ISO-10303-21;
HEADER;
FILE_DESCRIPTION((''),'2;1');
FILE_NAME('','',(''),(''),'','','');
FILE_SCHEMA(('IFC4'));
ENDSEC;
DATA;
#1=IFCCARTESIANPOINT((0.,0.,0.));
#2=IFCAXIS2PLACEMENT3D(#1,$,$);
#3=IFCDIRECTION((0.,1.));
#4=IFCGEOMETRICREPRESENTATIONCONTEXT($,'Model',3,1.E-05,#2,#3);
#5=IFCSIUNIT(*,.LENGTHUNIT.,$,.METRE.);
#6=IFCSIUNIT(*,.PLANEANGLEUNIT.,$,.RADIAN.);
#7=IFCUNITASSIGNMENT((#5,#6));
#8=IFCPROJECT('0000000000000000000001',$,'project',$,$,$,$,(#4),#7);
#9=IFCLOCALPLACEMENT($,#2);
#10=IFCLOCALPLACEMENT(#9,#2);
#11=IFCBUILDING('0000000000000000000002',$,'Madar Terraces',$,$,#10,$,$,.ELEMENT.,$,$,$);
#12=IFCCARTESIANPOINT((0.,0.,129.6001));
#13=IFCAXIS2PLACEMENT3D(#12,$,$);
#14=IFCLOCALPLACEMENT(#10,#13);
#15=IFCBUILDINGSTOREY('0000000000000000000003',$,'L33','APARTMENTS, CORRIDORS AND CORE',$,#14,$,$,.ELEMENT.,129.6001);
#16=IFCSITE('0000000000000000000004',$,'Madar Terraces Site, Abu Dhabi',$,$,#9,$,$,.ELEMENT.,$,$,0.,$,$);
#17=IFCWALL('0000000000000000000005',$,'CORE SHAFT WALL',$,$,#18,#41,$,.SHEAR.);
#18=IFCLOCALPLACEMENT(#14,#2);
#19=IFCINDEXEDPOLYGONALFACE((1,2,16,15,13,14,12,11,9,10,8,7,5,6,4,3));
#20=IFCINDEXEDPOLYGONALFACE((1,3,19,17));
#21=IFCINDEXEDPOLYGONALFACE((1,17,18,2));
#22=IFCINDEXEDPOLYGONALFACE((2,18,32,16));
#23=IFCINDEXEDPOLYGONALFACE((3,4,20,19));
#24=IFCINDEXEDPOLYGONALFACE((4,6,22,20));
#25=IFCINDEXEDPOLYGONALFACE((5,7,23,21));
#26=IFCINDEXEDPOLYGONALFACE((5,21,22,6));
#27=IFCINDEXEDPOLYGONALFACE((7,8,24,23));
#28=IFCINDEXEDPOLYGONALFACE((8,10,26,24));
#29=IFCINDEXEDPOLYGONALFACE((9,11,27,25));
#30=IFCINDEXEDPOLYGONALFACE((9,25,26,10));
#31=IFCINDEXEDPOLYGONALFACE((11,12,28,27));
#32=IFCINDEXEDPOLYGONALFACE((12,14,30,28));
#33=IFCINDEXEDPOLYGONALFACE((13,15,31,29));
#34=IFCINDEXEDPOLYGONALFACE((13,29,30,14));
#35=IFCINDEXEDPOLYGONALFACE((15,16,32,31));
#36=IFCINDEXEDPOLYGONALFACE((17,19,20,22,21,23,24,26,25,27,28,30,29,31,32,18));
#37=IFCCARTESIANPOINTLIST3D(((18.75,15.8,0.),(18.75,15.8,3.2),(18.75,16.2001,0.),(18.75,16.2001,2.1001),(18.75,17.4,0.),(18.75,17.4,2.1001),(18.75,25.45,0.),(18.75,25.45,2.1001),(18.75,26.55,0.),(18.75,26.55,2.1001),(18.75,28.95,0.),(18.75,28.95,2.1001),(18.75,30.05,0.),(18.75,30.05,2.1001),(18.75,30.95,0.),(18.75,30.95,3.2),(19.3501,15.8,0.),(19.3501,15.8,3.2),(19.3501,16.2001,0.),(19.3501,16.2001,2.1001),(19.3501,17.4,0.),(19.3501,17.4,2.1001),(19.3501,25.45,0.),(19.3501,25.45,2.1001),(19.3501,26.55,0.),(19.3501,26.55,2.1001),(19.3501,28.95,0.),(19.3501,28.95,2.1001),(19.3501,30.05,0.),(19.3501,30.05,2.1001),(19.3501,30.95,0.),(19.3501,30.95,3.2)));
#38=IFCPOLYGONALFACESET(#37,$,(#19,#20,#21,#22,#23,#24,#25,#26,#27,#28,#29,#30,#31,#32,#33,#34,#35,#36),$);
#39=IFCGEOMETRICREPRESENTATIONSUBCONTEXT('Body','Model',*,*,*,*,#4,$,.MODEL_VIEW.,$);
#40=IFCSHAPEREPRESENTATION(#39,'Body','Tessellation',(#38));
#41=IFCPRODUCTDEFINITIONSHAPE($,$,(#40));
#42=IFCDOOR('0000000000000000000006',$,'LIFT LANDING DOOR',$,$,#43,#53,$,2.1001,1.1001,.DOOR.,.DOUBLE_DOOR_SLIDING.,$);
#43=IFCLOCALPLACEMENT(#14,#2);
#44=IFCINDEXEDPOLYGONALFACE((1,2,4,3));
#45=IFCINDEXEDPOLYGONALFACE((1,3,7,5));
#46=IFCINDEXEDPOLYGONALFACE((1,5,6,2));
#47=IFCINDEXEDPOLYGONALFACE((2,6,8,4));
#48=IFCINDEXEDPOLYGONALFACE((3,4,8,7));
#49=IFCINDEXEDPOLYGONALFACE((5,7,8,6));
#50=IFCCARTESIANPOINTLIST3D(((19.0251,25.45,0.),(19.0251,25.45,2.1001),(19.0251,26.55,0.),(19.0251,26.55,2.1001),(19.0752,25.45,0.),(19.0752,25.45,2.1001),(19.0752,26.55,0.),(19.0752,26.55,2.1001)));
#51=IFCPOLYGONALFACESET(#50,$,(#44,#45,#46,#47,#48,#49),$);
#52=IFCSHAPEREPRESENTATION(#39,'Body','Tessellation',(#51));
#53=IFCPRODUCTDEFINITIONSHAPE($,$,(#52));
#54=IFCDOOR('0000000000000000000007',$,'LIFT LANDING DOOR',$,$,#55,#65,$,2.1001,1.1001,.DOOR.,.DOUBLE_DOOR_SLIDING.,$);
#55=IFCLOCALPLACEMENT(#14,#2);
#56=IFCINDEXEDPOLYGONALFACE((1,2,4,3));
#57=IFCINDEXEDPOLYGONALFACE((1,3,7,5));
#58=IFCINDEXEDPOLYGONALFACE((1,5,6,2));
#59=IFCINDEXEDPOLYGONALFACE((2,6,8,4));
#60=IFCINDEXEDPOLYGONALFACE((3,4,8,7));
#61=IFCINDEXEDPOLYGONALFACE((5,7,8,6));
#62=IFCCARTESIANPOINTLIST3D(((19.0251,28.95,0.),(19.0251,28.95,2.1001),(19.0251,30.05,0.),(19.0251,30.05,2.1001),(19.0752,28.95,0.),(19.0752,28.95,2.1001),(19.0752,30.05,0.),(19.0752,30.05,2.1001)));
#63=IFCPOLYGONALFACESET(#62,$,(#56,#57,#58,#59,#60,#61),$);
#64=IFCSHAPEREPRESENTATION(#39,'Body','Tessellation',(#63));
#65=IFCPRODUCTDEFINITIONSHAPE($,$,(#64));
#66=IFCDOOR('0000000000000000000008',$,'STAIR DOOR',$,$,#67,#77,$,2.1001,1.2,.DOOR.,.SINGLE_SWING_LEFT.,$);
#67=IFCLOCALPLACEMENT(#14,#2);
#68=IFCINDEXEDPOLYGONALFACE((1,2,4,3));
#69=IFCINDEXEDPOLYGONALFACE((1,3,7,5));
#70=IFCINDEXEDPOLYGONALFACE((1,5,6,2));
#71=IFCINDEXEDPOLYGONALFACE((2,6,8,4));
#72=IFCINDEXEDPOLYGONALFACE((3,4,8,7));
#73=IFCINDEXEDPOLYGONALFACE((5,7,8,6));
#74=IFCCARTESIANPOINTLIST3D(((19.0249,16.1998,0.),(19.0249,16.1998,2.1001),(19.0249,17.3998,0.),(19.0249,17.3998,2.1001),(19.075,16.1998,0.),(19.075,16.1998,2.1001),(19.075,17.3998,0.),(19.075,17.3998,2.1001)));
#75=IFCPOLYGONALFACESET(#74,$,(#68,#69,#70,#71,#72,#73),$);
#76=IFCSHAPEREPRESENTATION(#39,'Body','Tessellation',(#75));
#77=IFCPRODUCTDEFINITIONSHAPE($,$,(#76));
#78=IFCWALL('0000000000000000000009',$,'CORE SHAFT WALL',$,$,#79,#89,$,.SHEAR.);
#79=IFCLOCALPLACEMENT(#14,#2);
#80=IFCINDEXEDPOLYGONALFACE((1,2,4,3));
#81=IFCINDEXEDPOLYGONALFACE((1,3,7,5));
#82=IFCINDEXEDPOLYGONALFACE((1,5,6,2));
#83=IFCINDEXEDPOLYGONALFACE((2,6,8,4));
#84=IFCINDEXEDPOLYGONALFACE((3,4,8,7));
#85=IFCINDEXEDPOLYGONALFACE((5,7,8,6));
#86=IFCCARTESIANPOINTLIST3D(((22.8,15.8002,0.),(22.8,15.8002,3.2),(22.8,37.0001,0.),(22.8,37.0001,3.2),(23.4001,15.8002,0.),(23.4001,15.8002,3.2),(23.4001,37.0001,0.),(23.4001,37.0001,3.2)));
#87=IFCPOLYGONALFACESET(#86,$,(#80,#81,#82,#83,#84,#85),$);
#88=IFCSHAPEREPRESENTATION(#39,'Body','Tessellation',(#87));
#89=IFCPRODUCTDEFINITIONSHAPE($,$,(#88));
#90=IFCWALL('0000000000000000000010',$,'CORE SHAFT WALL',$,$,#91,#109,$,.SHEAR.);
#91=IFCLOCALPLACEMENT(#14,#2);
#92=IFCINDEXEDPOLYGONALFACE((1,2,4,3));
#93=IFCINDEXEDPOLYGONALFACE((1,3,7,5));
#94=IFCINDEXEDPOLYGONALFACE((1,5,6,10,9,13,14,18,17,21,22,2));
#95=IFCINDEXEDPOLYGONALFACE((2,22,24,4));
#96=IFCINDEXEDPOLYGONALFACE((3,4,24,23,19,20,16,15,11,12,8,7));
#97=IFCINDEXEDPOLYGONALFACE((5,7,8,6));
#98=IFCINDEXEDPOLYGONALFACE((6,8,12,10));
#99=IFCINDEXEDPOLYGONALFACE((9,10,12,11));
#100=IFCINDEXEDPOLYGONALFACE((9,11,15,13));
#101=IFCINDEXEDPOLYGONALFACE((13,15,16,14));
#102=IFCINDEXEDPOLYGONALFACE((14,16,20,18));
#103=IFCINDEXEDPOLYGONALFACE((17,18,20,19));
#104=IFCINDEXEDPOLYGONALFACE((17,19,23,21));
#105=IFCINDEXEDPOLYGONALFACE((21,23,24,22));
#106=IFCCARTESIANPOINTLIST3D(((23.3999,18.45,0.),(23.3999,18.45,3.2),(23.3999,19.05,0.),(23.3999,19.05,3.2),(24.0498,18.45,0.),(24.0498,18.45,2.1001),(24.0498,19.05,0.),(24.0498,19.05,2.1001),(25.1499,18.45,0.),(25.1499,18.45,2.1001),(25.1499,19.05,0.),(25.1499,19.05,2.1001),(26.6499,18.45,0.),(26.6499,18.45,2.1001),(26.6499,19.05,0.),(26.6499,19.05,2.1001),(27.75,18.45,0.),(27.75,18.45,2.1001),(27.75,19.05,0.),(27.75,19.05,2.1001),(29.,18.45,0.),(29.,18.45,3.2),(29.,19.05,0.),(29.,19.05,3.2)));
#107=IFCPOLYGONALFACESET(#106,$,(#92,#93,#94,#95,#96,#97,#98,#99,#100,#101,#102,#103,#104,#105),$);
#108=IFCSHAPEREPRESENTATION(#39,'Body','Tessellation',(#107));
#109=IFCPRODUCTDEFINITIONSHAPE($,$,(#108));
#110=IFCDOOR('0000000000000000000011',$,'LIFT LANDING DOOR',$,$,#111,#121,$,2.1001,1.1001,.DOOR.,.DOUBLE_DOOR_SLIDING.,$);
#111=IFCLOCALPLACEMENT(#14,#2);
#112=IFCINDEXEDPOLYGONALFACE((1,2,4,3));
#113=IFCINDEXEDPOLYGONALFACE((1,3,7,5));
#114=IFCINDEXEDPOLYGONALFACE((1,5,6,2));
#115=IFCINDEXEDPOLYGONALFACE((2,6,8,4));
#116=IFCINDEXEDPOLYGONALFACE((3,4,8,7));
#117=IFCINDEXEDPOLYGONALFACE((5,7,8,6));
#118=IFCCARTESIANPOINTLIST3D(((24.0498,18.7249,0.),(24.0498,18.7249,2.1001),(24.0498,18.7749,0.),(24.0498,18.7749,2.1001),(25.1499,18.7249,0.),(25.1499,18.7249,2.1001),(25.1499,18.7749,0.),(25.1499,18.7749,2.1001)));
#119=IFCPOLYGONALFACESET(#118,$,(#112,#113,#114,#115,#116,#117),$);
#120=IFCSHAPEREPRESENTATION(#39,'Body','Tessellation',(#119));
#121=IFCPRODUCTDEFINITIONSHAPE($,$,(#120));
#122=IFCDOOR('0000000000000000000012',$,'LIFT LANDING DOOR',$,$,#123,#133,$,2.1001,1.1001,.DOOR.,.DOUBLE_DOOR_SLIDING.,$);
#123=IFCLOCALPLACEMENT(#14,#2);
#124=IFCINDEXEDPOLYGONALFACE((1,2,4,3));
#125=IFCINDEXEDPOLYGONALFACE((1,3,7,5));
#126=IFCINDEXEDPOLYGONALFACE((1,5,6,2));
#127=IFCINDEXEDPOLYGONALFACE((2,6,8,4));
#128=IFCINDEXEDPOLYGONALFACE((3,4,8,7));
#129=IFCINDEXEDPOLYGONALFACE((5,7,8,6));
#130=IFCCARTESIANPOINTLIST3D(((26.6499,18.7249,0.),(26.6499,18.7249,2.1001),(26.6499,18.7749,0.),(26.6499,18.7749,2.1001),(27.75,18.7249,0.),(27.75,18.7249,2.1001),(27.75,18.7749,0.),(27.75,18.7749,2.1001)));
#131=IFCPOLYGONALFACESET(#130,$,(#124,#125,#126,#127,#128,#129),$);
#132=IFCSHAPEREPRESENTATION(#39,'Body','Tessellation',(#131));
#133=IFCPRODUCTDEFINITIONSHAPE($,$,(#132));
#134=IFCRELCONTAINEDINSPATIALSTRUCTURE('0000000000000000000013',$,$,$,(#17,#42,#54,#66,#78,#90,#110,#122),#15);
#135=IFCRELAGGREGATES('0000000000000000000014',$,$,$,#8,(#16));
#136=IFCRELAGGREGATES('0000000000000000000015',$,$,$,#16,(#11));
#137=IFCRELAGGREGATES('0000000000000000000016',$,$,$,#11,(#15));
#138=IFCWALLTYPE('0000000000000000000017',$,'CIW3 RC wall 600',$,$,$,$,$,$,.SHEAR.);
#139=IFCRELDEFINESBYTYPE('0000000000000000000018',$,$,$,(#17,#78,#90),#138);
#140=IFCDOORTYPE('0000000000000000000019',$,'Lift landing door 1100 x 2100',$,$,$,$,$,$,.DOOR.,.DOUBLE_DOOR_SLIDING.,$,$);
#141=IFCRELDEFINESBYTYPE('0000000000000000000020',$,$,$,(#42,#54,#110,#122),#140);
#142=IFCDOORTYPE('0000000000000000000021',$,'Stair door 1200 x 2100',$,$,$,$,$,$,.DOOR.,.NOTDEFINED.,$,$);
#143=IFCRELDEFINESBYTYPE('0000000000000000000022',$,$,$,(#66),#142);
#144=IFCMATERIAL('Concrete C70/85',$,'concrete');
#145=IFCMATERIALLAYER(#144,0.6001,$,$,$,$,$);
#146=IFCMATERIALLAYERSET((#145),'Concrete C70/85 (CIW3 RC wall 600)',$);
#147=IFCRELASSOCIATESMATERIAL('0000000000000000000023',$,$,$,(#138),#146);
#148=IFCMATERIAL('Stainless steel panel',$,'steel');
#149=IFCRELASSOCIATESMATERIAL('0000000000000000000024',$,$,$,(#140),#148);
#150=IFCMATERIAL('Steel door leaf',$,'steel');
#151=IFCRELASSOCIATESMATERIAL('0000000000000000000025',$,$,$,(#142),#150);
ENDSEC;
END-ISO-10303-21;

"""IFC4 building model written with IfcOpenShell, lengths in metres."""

from ifc_helpers import new_model, si_unit, direction, frame, frame_2d, origin, place, context, subcontext, project, spatial, rectangle, extrude, material, layer, layer_set, type_object, element, fill, save


model = new_model("IFC4")

# Units and contexts
model_context = context("Model", 3, precision=1e-05, world=origin(), true_north=direction((0.0, 1.0)))
body_context = subcontext(model_context, "Body", "Model", "MODEL_VIEW")
ifc_project = project(units=[si_unit("LENGTHUNIT", "METRE"), si_unit("PLANEANGLEUNIT", "RADIAN")], contexts=[model_context])

# Site, building, storey
site_placement = place(None, origin())
site = spatial("IfcSite", under=ifc_project, at=site_placement, Name="Madar Terraces Site, Abu Dhabi", CompositionType="ELEMENT", RefElevation=0.0)
building_placement = place(site_placement, origin())
building = spatial("IfcBuilding", under=site, at=building_placement, Name="Madar Terraces", CompositionType="ELEMENT")
storey_placement = place(building_placement, frame((0.0, 0.0, 129.6001)))
storey = spatial("IfcBuildingStorey", under=building, at=storey_placement, Name="L33", Description="APARTMENTS, CORRIDORS AND CORE", CompositionType="ELEMENT", Elevation=129.6001)

# Wall, openings, doors
ifc_material_1 = material(Name="Concrete C70/85", Category="concrete")
ifc_layer_1 = layer(ifc_material_1, 0.6001)
ifc_layer_set_1 = layer_set([ifc_layer_1], Name="Concrete C70/85 (CIW3 RC wall 600)")
wall_type_1 = type_object("IfcWallType", Name="CIW3 RC wall 600", PredefinedType="SHEAR", material=ifc_layer_set_1)
wall_1_placement = place(storey_placement, frame((19.05, 15.8, 0.0), z_axis=(0.0, 0.0, 1.0), x_axis=(0.0, 1.0, 0.0)))
wall_1 = element("IfcWall", 1, at=wall_1_placement, inside=storey, type_object=wall_type_1, Name="CORE SHAFT WALL", PredefinedType="SHEAR", context=body_context, shape_type="SweptSolid", body=[
    extrude(rectangle(XDim=15.1499, YDim=0.6001, at=frame_2d((7.575, 0.0))), origin(), (0.0, 0.0, 1.0), 3.2),
])
opening_1_placement = place(wall_1_placement, frame((9.6499, 0.0, 0.0)))
opening_1 = element("IfcOpeningElement", 2, at=opening_1_placement, cuts=wall_1, PredefinedType="OPENING", context=body_context, shape_type="SweptSolid", body=[
    extrude(rectangle(XDim=1.1001, YDim=2.1001, at=frame_2d((0.55, 1.05))), frame((0.0, 0.3101, 0.0), z_axis=(0.0, -1.0, 0.0), x_axis=(1.0, 0.0, 0.0)), (0.0, 0.0, 1.0), 0.6201),
])
opening_2_placement = place(wall_1_placement, frame((13.1499, 0.0, 0.0)))
opening_2 = element("IfcOpeningElement", 3, at=opening_2_placement, cuts=wall_1, PredefinedType="OPENING", context=body_context, shape_type="SweptSolid", body=[
    extrude(rectangle(XDim=1.1001, YDim=2.1001, at=frame_2d((0.55, 1.05))), frame((0.0, 0.3101, 0.0), z_axis=(0.0, -1.0, 0.0), x_axis=(1.0, 0.0, 0.0)), (0.0, 0.0, 1.0), 0.6201),
])
opening_3_placement = place(wall_1_placement, frame((0.3999, 0.0, 0.0)))
opening_3 = element("IfcOpeningElement", 4, at=opening_3_placement, cuts=wall_1, PredefinedType="OPENING", context=body_context, shape_type="SweptSolid", body=[
    extrude(rectangle(XDim=1.2, YDim=2.1001, at=frame_2d((0.6001, 1.05))), frame((0.0, 0.3101, 0.0), z_axis=(0.0, -1.0, 0.0), x_axis=(1.0, 0.0, 0.0)), (0.0, 0.0, 1.0), 0.6201),
])
ifc_material_2 = material(Name="Stainless steel panel", Category="steel")
door_type_1 = type_object("IfcDoorType", Name="Lift landing door 1100 x 2100", OperationType="DOUBLE_DOOR_SLIDING", PredefinedType="DOOR", material=ifc_material_2)
door_1_placement = place(opening_1_placement, origin())
door_1 = element("IfcDoor", 5, at=door_1_placement, inside=storey, type_object=door_type_1, Name="LIFT LANDING DOOR", OperationType="DOUBLE_DOOR_SLIDING", OverallHeight=2.1001, OverallWidth=1.1001, PredefinedType="DOOR", context=body_context, shape_type="SweptSolid", body=[
    extrude(rectangle(XDim=1.1001, YDim=2.1001, at=frame_2d((0.55, 1.05))), frame((0.0, 0.0249, 0.0), z_axis=(0.0, -1.0, 0.0), x_axis=(1.0, 0.0, 0.0)), (0.0, 0.0, 1.0), 0.05),
])
fill(opening_1, door_1)
door_2_placement = place(opening_2_placement, origin())
door_2 = element("IfcDoor", 6, at=door_2_placement, inside=storey, type_object=door_type_1, Name="LIFT LANDING DOOR", OperationType="DOUBLE_DOOR_SLIDING", OverallHeight=2.1001, OverallWidth=1.1001, PredefinedType="DOOR", context=body_context, shape_type="SweptSolid", body=[
    extrude(rectangle(XDim=1.1001, YDim=2.1001, at=frame_2d((0.55, 1.05))), frame((0.0, 0.0249, 0.0), z_axis=(0.0, -1.0, 0.0), x_axis=(1.0, 0.0, 0.0)), (0.0, 0.0, 1.0), 0.05),
])
fill(opening_2, door_2)
ifc_material_3 = material(Name="Steel door leaf", Category="steel")
door_type_2 = type_object("IfcDoorType", Name="Stair door 1200 x 2100", OperationType="NOTDEFINED", PredefinedType="DOOR", material=ifc_material_3)
door_3_placement = place(opening_3_placement, frame((1.2, 0.0, 0.0), z_axis=(0.0, 0.0, 1.0), x_axis=(-1.0, 0.0, 0.0)))
door_3 = element("IfcDoor", 7, at=door_3_placement, inside=storey, type_object=door_type_2, Name="STAIR DOOR", OperationType="SINGLE_SWING_LEFT", OverallHeight=2.1001, OverallWidth=1.2, PredefinedType="DOOR", context=body_context, shape_type="SweptSolid", body=[
    extrude(rectangle(XDim=1.2, YDim=2.1001, at=frame_2d((0.6001, 1.05))), frame((0.0, 0.0249, 0.0), z_axis=(0.0, -1.0, 0.0), x_axis=(1.0, 0.0, 0.0)), (0.0, 0.0, 1.0), 0.05),
])
fill(opening_3, door_3)

# Wall
wall_2_placement = place(storey_placement, frame((23.1001, 15.8, 0.0), z_axis=(0.0, 0.0, 1.0), x_axis=(0.0, 1.0, 0.0)))
element("IfcWall", 8, at=wall_2_placement, inside=storey, type_object=wall_type_1, Name="CORE SHAFT WALL", PredefinedType="SHEAR", context=body_context, shape_type="SweptSolid", body=[
    extrude(rectangle(XDim=21.2, YDim=0.6001, at=frame_2d((10.6001, 0.0))), origin(), (0.0, 0.0, 1.0), 3.2),
])

# Wall, openings, doors
wall_3_placement = place(storey_placement, frame((23.3999, 18.75, 0.0), z_axis=(0.0, 0.0, 1.0), x_axis=(1.0, 0.0, 0.0)))
wall_3 = element("IfcWall", 9, at=wall_3_placement, inside=storey, type_object=wall_type_1, Name="CORE SHAFT WALL", PredefinedType="SHEAR", context=body_context, shape_type="SweptSolid", body=[
    extrude(rectangle(XDim=5.6001, YDim=0.6001, at=frame_2d((2.8, 0.0))), origin(), (0.0, 0.0, 1.0), 3.2),
])
opening_4_placement = place(wall_3_placement, frame((0.6499, 0.0, 0.0)))
opening_4 = element("IfcOpeningElement", 10, at=opening_4_placement, cuts=wall_3, PredefinedType="OPENING", context=body_context, shape_type="SweptSolid", body=[
    extrude(rectangle(XDim=1.1001, YDim=2.1001, at=frame_2d((0.55, 1.05))), frame((0.0, 0.3101, 0.0), z_axis=(0.0, -1.0, 0.0), x_axis=(1.0, 0.0, 0.0)), (0.0, 0.0, 1.0), 0.6201),
])
opening_5_placement = place(wall_3_placement, frame((3.25, 0.0, 0.0)))
opening_5 = element("IfcOpeningElement", 11, at=opening_5_placement, cuts=wall_3, PredefinedType="OPENING", context=body_context, shape_type="SweptSolid", body=[
    extrude(rectangle(XDim=1.1001, YDim=2.1001, at=frame_2d((0.55, 1.05))), frame((0.0, 0.3101, 0.0), z_axis=(0.0, -1.0, 0.0), x_axis=(1.0, 0.0, 0.0)), (0.0, 0.0, 1.0), 0.6201),
])
door_4_placement = place(opening_4_placement, origin())
door_4 = element("IfcDoor", 12, at=door_4_placement, inside=storey, type_object=door_type_1, Name="LIFT LANDING DOOR", OperationType="DOUBLE_DOOR_SLIDING", OverallHeight=2.1001, OverallWidth=1.1001, PredefinedType="DOOR", context=body_context, shape_type="SweptSolid", body=[
    extrude(rectangle(XDim=1.1001, YDim=2.1001, at=frame_2d((0.55, 1.05))), frame((0.0, 0.0249, 0.0), z_axis=(0.0, -1.0, 0.0), x_axis=(1.0, 0.0, 0.0)), (0.0, 0.0, 1.0), 0.05),
])
fill(opening_4, door_4)
door_5_placement = place(opening_5_placement, origin())
door_5 = element("IfcDoor", 13, at=door_5_placement, inside=storey, type_object=door_type_1, Name="LIFT LANDING DOOR", OperationType="DOUBLE_DOOR_SLIDING", OverallHeight=2.1001, OverallWidth=1.1001, PredefinedType="DOOR", context=body_context, shape_type="SweptSolid", body=[
    extrude(rectangle(XDim=1.1001, YDim=2.1001, at=frame_2d((0.55, 1.05))), frame((0.0, 0.0249, 0.0), z_axis=(0.0, -1.0, 0.0), x_axis=(1.0, 0.0, 0.0)), (0.0, 0.0, 1.0), 0.05),
])
fill(opening_5, door_5)

save(model, "model.ifc")
